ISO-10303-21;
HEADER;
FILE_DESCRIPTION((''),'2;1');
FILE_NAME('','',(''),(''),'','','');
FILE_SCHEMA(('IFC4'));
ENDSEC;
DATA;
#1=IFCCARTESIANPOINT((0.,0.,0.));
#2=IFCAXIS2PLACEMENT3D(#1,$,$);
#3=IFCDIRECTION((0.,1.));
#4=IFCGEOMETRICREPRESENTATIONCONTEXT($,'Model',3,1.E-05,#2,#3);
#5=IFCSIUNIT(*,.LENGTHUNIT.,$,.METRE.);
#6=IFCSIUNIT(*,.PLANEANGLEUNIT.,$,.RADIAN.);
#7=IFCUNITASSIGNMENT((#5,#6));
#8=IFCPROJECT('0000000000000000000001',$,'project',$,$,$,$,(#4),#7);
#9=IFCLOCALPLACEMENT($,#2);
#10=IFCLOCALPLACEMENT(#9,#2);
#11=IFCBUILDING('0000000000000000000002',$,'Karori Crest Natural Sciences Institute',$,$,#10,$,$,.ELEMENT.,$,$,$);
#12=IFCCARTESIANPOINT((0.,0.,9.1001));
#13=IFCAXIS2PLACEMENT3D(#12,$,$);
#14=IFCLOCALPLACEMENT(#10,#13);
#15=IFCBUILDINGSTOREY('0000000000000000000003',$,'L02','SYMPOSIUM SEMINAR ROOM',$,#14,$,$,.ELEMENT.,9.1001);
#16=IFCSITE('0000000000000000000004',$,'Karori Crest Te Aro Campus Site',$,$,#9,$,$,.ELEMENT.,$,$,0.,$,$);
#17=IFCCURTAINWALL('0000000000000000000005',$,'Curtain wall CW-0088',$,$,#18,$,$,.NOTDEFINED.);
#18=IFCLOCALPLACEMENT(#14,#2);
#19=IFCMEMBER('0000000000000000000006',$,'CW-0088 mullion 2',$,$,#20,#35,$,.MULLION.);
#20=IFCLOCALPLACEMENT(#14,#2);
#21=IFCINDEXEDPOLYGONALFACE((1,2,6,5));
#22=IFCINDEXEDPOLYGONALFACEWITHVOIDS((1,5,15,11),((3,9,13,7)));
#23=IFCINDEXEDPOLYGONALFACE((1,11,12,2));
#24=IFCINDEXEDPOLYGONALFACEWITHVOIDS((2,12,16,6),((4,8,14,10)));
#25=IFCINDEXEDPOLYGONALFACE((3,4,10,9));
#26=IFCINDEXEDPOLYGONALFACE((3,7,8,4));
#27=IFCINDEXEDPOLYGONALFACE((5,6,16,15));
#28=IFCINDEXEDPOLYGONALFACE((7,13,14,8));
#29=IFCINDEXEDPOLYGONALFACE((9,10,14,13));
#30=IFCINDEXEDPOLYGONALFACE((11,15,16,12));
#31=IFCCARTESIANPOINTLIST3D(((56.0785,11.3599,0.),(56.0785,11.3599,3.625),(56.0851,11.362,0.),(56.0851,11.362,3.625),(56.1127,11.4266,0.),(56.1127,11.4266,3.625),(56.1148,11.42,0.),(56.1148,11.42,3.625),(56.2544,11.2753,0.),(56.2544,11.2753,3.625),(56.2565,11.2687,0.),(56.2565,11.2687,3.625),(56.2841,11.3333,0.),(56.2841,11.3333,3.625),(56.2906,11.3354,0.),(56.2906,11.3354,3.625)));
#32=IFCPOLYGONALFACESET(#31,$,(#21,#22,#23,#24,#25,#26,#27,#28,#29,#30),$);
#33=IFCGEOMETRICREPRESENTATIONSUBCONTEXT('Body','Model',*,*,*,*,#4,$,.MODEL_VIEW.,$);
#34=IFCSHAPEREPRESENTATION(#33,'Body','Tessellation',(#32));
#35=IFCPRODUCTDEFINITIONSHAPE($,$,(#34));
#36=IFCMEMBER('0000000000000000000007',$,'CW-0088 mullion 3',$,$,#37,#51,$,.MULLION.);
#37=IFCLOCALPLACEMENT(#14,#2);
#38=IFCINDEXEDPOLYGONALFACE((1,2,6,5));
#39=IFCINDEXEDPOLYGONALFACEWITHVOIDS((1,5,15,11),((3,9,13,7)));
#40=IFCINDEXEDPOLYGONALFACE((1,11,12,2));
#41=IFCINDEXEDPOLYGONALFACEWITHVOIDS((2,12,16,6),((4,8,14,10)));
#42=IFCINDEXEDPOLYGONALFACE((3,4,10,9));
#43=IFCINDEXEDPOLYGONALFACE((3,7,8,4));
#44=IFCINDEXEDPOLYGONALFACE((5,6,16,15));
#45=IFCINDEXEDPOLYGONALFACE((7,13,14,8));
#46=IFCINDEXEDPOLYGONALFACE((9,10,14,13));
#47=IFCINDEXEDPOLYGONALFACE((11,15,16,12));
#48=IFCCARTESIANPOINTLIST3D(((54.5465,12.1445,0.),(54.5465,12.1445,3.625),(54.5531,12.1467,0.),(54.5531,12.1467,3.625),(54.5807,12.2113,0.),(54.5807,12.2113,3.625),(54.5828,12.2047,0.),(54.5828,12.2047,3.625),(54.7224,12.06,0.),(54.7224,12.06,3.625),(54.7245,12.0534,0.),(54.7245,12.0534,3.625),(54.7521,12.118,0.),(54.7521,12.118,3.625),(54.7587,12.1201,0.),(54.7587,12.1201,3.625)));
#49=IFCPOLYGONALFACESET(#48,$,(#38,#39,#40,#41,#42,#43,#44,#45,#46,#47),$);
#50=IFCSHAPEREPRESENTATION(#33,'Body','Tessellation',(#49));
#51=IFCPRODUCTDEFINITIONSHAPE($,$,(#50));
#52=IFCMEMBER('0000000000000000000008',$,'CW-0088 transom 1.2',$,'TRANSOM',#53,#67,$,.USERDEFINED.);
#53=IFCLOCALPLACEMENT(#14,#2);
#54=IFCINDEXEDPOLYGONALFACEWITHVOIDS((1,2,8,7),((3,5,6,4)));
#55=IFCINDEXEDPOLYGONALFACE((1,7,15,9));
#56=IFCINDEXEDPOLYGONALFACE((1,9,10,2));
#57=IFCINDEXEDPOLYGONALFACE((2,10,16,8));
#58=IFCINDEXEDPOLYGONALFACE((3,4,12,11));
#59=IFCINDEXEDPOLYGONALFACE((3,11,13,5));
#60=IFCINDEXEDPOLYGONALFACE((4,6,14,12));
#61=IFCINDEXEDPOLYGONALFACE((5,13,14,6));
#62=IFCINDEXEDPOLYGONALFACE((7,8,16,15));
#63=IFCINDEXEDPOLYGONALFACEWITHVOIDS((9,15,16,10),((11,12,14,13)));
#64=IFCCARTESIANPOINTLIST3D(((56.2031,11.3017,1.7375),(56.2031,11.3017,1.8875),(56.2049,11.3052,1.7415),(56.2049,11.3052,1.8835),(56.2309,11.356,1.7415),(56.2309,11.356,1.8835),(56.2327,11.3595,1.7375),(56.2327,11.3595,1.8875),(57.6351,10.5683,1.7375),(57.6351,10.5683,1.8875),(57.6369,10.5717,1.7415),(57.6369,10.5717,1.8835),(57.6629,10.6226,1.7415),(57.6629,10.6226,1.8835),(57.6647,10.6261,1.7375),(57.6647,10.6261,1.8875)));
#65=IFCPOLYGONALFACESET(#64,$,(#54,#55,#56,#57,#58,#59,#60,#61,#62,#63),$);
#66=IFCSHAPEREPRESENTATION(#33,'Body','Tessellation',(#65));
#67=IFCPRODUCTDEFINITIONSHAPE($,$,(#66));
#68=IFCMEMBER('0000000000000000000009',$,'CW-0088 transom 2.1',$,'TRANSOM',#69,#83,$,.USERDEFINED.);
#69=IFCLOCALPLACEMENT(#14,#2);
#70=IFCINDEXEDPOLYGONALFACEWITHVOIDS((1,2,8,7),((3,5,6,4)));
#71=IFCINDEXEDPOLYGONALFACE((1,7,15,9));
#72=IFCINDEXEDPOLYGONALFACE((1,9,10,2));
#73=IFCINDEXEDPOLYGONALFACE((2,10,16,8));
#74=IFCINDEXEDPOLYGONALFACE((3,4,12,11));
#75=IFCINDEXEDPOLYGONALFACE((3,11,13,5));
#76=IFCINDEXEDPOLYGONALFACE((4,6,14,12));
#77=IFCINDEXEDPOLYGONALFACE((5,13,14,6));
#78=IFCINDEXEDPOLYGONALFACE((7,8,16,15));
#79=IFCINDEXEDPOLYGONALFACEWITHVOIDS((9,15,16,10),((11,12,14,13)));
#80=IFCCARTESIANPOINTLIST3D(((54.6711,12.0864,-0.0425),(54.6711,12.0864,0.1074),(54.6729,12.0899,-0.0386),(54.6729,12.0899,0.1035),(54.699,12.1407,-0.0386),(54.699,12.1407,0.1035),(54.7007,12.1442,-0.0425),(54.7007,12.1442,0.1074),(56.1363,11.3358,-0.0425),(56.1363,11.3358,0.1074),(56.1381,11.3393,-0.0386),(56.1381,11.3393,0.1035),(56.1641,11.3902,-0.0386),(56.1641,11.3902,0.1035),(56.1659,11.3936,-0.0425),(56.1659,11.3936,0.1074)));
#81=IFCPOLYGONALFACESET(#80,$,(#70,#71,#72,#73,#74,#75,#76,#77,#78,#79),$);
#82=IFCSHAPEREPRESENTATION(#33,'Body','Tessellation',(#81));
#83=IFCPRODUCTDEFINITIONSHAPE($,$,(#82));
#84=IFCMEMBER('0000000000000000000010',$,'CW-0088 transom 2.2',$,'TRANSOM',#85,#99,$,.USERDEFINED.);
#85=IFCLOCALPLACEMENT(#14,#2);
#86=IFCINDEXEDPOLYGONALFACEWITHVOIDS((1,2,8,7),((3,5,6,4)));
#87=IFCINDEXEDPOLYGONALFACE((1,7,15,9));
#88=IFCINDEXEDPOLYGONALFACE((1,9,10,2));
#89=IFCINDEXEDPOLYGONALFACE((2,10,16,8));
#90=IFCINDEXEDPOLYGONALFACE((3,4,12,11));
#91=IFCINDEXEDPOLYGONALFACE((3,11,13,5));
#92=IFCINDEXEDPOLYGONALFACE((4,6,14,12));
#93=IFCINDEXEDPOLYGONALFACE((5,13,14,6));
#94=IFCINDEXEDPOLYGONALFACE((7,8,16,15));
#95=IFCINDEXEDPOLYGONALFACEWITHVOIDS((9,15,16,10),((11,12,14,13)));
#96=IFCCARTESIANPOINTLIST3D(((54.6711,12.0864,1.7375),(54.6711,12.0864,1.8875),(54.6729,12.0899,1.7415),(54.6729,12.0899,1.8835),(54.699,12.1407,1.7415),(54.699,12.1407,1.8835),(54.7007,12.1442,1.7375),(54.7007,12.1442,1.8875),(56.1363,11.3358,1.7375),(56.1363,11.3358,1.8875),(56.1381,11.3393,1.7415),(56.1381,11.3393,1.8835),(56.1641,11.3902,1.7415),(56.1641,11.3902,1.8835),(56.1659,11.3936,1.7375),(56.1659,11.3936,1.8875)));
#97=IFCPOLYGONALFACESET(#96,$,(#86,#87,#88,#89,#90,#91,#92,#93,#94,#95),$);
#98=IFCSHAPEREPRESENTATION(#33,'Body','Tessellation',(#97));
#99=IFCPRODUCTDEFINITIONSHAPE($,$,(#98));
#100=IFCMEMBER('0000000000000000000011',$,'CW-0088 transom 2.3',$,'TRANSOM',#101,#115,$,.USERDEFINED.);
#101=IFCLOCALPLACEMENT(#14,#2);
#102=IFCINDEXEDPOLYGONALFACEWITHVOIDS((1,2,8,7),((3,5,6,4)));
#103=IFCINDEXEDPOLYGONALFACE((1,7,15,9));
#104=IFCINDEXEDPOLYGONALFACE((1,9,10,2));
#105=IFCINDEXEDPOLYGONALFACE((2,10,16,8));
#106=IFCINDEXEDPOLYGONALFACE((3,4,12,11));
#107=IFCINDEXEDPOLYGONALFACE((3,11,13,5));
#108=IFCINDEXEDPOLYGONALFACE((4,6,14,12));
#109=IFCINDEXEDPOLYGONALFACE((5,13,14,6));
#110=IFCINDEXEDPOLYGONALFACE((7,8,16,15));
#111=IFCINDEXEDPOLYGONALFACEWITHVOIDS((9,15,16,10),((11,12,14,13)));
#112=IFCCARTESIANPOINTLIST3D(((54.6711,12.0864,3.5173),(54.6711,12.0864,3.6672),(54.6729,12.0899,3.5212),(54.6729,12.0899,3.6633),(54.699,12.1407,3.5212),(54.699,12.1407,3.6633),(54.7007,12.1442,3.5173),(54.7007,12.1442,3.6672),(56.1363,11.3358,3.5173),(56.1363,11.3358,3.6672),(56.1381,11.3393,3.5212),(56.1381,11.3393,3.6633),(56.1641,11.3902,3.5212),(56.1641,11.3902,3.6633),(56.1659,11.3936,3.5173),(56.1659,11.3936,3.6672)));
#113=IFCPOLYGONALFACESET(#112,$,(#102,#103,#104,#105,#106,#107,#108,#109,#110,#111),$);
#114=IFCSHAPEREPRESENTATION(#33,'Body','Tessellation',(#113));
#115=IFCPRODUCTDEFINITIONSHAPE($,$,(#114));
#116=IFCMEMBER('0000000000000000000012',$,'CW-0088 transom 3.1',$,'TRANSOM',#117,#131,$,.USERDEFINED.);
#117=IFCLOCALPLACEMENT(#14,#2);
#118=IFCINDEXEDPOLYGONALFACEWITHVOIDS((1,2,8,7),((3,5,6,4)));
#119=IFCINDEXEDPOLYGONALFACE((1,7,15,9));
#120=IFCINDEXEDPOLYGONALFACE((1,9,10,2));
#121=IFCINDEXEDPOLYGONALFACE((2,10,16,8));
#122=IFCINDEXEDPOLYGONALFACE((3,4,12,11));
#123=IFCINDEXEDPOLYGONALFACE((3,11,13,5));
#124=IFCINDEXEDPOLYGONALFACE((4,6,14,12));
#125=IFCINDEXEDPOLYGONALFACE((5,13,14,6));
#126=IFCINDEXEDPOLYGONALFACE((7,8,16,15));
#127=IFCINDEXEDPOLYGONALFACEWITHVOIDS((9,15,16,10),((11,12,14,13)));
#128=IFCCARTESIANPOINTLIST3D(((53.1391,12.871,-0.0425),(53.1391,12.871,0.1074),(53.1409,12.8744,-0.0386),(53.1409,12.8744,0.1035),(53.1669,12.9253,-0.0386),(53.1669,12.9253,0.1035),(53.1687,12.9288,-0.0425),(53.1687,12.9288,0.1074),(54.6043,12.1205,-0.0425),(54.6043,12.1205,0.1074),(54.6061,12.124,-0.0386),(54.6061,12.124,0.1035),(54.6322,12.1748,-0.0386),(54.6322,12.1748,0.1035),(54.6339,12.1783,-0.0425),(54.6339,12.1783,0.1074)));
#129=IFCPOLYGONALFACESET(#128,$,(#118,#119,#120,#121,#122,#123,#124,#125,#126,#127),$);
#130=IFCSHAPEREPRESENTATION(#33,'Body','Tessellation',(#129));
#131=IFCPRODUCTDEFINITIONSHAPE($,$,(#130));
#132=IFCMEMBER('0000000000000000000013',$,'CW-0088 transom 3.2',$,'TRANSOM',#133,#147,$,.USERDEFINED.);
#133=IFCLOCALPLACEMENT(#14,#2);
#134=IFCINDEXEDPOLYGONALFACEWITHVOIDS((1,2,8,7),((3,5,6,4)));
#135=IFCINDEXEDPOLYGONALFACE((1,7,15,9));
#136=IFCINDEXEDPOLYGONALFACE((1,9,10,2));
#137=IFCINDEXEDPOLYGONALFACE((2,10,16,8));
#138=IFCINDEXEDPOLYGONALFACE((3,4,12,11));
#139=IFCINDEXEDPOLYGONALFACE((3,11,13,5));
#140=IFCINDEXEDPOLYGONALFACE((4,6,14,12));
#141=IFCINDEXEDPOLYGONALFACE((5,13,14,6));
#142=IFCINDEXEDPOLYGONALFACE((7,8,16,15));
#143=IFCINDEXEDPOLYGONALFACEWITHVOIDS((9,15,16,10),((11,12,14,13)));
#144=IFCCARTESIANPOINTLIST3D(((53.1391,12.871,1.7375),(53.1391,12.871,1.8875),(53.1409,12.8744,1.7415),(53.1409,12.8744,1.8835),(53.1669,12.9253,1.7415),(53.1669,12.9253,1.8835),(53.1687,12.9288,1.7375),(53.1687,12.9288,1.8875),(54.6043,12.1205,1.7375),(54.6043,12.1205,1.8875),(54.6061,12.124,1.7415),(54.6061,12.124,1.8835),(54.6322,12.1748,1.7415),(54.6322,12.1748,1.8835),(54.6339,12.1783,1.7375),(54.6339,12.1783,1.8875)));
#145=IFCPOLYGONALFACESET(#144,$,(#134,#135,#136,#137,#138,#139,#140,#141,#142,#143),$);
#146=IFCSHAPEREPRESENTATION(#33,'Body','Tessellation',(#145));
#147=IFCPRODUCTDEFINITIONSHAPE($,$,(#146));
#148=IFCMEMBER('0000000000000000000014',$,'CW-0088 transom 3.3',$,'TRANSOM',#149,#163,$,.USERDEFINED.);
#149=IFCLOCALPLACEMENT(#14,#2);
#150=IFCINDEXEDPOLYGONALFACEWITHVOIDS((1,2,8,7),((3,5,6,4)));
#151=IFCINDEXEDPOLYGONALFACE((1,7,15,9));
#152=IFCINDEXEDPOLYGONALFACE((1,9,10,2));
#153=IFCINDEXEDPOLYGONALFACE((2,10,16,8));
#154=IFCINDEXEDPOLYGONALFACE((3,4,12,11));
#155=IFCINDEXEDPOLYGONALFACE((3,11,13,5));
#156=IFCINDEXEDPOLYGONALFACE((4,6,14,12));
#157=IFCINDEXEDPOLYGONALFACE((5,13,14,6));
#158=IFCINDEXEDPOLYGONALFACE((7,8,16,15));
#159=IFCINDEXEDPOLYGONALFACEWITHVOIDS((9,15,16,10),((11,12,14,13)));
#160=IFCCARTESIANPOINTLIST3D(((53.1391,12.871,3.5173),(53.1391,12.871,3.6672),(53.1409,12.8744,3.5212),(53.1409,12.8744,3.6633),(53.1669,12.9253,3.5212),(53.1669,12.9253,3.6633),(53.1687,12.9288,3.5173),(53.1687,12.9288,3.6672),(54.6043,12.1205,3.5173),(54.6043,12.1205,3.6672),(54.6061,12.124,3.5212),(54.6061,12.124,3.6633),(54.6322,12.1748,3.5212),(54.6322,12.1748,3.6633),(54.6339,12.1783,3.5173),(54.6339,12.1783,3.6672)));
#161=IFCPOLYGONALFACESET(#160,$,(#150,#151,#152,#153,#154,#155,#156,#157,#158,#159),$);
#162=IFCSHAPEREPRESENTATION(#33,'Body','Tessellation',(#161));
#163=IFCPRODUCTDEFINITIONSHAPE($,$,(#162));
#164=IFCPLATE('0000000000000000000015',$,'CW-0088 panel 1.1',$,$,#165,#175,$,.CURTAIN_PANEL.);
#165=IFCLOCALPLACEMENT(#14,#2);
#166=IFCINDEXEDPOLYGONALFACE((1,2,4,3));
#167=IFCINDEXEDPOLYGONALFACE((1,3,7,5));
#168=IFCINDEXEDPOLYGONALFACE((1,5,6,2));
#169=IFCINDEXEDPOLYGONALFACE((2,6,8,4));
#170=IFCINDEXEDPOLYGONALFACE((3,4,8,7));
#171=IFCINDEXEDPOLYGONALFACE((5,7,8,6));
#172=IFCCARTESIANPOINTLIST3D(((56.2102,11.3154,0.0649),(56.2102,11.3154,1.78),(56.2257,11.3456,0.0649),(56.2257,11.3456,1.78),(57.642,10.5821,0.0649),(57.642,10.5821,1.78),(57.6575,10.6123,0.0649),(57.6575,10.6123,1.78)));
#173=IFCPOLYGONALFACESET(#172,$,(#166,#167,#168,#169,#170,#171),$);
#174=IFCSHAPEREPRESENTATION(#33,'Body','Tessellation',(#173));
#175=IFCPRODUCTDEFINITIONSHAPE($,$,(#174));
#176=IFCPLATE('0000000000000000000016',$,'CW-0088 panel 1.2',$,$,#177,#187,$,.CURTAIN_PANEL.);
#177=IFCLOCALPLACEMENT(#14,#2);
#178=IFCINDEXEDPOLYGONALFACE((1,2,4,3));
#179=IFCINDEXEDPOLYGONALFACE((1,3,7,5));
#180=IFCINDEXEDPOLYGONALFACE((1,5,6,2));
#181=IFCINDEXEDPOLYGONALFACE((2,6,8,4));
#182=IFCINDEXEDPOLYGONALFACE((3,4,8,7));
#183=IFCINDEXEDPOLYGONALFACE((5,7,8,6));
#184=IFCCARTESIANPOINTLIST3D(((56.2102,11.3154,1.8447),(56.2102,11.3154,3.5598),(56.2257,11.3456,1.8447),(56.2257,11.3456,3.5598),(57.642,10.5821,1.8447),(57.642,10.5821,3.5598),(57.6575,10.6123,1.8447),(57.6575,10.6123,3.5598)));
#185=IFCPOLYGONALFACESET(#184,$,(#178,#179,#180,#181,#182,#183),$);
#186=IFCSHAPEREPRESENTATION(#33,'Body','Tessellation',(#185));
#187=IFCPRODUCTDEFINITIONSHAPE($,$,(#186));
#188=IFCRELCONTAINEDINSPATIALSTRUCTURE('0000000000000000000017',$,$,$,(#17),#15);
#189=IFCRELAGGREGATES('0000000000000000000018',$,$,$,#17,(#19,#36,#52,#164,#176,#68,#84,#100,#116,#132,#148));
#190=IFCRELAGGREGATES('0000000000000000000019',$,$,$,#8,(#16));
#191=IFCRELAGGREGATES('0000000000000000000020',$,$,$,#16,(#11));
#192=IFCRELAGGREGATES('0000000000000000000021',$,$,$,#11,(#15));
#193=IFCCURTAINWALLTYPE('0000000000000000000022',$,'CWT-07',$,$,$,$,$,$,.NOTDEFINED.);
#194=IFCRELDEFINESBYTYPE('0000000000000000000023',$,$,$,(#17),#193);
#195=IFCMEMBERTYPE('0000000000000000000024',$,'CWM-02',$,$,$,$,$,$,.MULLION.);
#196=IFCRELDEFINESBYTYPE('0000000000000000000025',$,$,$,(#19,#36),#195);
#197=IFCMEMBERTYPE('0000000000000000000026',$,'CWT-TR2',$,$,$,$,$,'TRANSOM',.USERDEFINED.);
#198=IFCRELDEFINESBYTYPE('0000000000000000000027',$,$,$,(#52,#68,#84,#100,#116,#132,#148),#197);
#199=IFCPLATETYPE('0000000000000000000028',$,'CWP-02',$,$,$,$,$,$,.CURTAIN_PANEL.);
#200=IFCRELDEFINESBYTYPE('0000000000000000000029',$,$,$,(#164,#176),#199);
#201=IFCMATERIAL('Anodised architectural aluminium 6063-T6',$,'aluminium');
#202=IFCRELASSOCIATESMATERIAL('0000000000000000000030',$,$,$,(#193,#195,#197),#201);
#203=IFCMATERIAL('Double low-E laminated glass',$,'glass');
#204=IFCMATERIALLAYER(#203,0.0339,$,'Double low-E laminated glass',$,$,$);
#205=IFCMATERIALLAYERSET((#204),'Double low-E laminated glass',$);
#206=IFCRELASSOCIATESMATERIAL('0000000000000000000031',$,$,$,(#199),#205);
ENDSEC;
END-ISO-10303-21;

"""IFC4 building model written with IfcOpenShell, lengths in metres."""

from ifc_helpers import new_model, si_unit, direction, frame, origin, origin_2d, place, context, subcontext, project, spatial, rectangle, hollow_rectangle, extrude, material, layer, layer_set, material_profile, profile_set, type_object, element, aggregate, save


model = new_model("IFC4")

# Units and contexts
model_context = context("Model", 3, precision=1e-05, world=origin(), true_north=direction((0.0, 1.0)))
body_context = subcontext(model_context, "Body", "Model", "MODEL_VIEW")
ifc_project = project(units=[si_unit("LENGTHUNIT", "METRE"), si_unit("PLANEANGLEUNIT", "RADIAN")], contexts=[model_context])

# Site, building, storey
site_placement = place(None, origin())
site = spatial("IfcSite", under=ifc_project, at=site_placement, Name="Karori Crest Te Aro Campus Site", CompositionType="ELEMENT", RefElevation=0.0)
building_placement = place(site_placement, origin())
building = spatial("IfcBuilding", under=site, at=building_placement, Name="Karori Crest Natural Sciences Institute", CompositionType="ELEMENT")
storey_placement = place(building_placement, frame((0.0, 0.0, 9.1001)))
storey = spatial("IfcBuildingStorey", under=building, at=storey_placement, Name="L02", Description="SYMPOSIUM SEMINAR ROOM", CompositionType="ELEMENT", Elevation=9.1001)

# Curtain wall, members, plates
ifc_material_1 = material(Name="Anodised architectural aluminium 6063-T6", Category="aluminium")
curtain_wall_type = type_object("IfcCurtainWallType", Name="CWT-07", PredefinedType="NOTDEFINED", material=ifc_material_1)
curtain_wall_placement = place(storey_placement, origin())
curtain_wall = element("IfcCurtainWall", 1, at=curtain_wall_placement, inside=storey, type_object=curtain_wall_type, Name="Curtain wall CW-0088", PredefinedType="NOTDEFINED")
ifc_material_profile_1 = material_profile(ifc_material_1, hollow_rectangle(XDim=0.075, YDim=0.2, WallThickness=0.0049, at=origin_2d()), Name="CWM200x75x5")
ifc_profile_set_1 = profile_set([ifc_material_profile_1], Name="Anodised architectural aluminium 6063-T6")
member_type_1 = type_object("IfcMemberType", Name="CWM-02", PredefinedType="MULLION", material=ifc_profile_set_1)
member_1_placement = place(storey_placement, frame((56.1846, 11.3477, 0.0), z_axis=(0.0, 0.0, 1.0), x_axis=(-0.455833, -0.890065, 0.0)))
member_1 = element("IfcMember", 2, at=member_1_placement, type_object=member_type_1, Name="CW-0088 mullion 2", PredefinedType="MULLION", context=body_context, shape_type="SweptSolid", body=[
    extrude(hollow_rectangle(XDim=0.075, YDim=0.2, WallThickness=0.0049, at=origin_2d()), origin(), (0.0, 0.0, 1.0), 3.625),
])
member_2_placement = place(storey_placement, frame((54.6526, 12.1323, 0.0), z_axis=(0.0, 0.0, 1.0), x_axis=(-0.455833, -0.890065, 0.0)))
member_2 = element("IfcMember", 3, at=member_2_placement, type_object=member_type_1, Name="CW-0088 mullion 3", PredefinedType="MULLION", context=body_context, shape_type="SweptSolid", body=[
    extrude(hollow_rectangle(XDim=0.075, YDim=0.2, WallThickness=0.0049, at=origin_2d()), origin(), (0.0, 0.0, 1.0), 3.625),
])
ifc_material_profile_2 = material_profile(ifc_material_1, hollow_rectangle(XDim=0.0649, YDim=0.1499, WallThickness=0.0039, at=origin_2d()), Name="CWT150x65x4")
ifc_profile_set_2 = profile_set([ifc_material_profile_2], Name="Anodised architectural aluminium 6063-T6")
member_type_2 = type_object("IfcMemberType", Name="CWT-TR2", ElementType="TRANSOM", PredefinedType="USERDEFINED", material=ifc_profile_set_2)
member_3_placement = place(storey_placement, frame((57.6499, 10.5972, 1.8125), z_axis=(-0.890045, 0.455873, 0.0), x_axis=(-0.455873, -0.890045, 0.0)))
member_3 = element("IfcMember", 4, at=member_3_placement, type_object=member_type_2, Name="CW-0088 transom 1.2", ObjectType="TRANSOM", PredefinedType="USERDEFINED", context=body_context, shape_type="SweptSolid", body=[
    extrude(hollow_rectangle(XDim=0.0649, YDim=0.1499, WallThickness=0.0039, at=origin_2d()), origin(), (0.0, 0.0, 1.0), 1.6089),
])
member_4_placement = place(storey_placement, frame((56.1511, 11.3647, 0.0325), z_axis=(-0.890024, 0.455913, 0.0), x_axis=(-0.455913, -0.890024, 0.0)))
member_4 = element("IfcMember", 5, at=member_4_placement, type_object=member_type_2, Name="CW-0088 transom 2.1", ObjectType="TRANSOM", PredefinedType="USERDEFINED", context=body_context, shape_type="SweptSolid", body=[
    extrude(hollow_rectangle(XDim=0.0649, YDim=0.1499, WallThickness=0.0039, at=origin_2d()), origin(), (0.0, 0.0, 1.0), 1.6462),
])
member_5_placement = place(storey_placement, frame((56.1511, 11.3647, 1.8125), z_axis=(-0.890024, 0.455913, 0.0), x_axis=(-0.455913, -0.890024, 0.0)))
member_5 = element("IfcMember", 6, at=member_5_placement, type_object=member_type_2, Name="CW-0088 transom 2.2", ObjectType="TRANSOM", PredefinedType="USERDEFINED", context=body_context, shape_type="SweptSolid", body=[
    extrude(hollow_rectangle(XDim=0.0649, YDim=0.1499, WallThickness=0.0039, at=origin_2d()), origin(), (0.0, 0.0, 1.0), 1.6462),
])
member_6_placement = place(storey_placement, frame((56.1511, 11.3647, 3.5923), z_axis=(-0.890024, 0.455913, 0.0), x_axis=(-0.455913, -0.890024, 0.0)))
member_6 = element("IfcMember", 7, at=member_6_placement, type_object=member_type_2, Name="CW-0088 transom 2.3", ObjectType="TRANSOM", PredefinedType="USERDEFINED", context=body_context, shape_type="SweptSolid", body=[
    extrude(hollow_rectangle(XDim=0.0649, YDim=0.1499, WallThickness=0.0039, at=origin_2d()), origin(), (0.0, 0.0, 1.0), 1.6462),
])
member_7_placement = place(storey_placement, frame((54.6191, 12.1494, 0.0325), z_axis=(-0.890055, 0.455853, 0.0), x_axis=(-0.455853, -0.890055, 0.0)))
member_7 = element("IfcMember", 8, at=member_7_placement, type_object=member_type_2, Name="CW-0088 transom 3.1", ObjectType="TRANSOM", PredefinedType="USERDEFINED", context=body_context, shape_type="SweptSolid", body=[
    extrude(hollow_rectangle(XDim=0.0649, YDim=0.1499, WallThickness=0.0039, at=origin_2d()), origin(), (0.0, 0.0, 1.0), 1.6462),
])
member_8_placement = place(storey_placement, frame((54.6191, 12.1494, 1.8125), z_axis=(-0.890055, 0.455853, 0.0), x_axis=(-0.455853, -0.890055, 0.0)))
member_8 = element("IfcMember", 9, at=member_8_placement, type_object=member_type_2, Name="CW-0088 transom 3.2", ObjectType="TRANSOM", PredefinedType="USERDEFINED", context=body_context, shape_type="SweptSolid", body=[
    extrude(hollow_rectangle(XDim=0.0649, YDim=0.1499, WallThickness=0.0039, at=origin_2d()), origin(), (0.0, 0.0, 1.0), 1.6462),
])
member_9_placement = place(storey_placement, frame((54.6191, 12.1494, 3.5923), z_axis=(-0.890055, 0.455853, 0.0), x_axis=(-0.455853, -0.890055, 0.0)))
member_9 = element("IfcMember", 10, at=member_9_placement, type_object=member_type_2, Name="CW-0088 transom 3.3", ObjectType="TRANSOM", PredefinedType="USERDEFINED", context=body_context, shape_type="SweptSolid", body=[
    extrude(hollow_rectangle(XDim=0.0649, YDim=0.1499, WallThickness=0.0039, at=origin_2d()), origin(), (0.0, 0.0, 1.0), 1.6462),
])
ifc_material_2 = material(Name="Double low-E laminated glass", Category="glass")
ifc_layer_1 = layer(ifc_material_2, 0.0339, Name="Double low-E laminated glass")
ifc_layer_set_1 = layer_set([ifc_layer_1], Name="Double low-E laminated glass")
plate_type = type_object("IfcPlateType", Name="CWP-02", PredefinedType="CURTAIN_PANEL", material=ifc_layer_set_1)
plate_1_placement = place(storey_placement, frame((56.9338, 10.9639, 0.0649), z_axis=(0.0, 0.0, 1.0), x_axis=(-0.890065, 0.455833, 0.0)))
plate_1 = element("IfcPlate", 11, at=plate_1_placement, type_object=plate_type, Name="CW-0088 panel 1.1", PredefinedType="CURTAIN_PANEL", context=body_context, shape_type="SweptSolid", body=[
    extrude(rectangle(XDim=1.6086, YDim=0.0339, at=origin_2d()), origin(), (0.0, 0.0, 1.0), 1.7151),
])
plate_2_placement = place(storey_placement, frame((56.9338, 10.9639, 1.8447), z_axis=(0.0, 0.0, 1.0), x_axis=(-0.890065, 0.455833, 0.0)))
plate_2 = element("IfcPlate", 12, at=plate_2_placement, type_object=plate_type, Name="CW-0088 panel 1.2", PredefinedType="CURTAIN_PANEL", context=body_context, shape_type="SweptSolid", body=[
    extrude(rectangle(XDim=1.6086, YDim=0.0339, at=origin_2d()), origin(), (0.0, 0.0, 1.0), 1.7151),
])
aggregate(curtain_wall, [member_1, member_2, member_3, plate_1, plate_2, member_4, member_5, member_6, member_7, member_8, member_9])

save(model, "model.ifc")
